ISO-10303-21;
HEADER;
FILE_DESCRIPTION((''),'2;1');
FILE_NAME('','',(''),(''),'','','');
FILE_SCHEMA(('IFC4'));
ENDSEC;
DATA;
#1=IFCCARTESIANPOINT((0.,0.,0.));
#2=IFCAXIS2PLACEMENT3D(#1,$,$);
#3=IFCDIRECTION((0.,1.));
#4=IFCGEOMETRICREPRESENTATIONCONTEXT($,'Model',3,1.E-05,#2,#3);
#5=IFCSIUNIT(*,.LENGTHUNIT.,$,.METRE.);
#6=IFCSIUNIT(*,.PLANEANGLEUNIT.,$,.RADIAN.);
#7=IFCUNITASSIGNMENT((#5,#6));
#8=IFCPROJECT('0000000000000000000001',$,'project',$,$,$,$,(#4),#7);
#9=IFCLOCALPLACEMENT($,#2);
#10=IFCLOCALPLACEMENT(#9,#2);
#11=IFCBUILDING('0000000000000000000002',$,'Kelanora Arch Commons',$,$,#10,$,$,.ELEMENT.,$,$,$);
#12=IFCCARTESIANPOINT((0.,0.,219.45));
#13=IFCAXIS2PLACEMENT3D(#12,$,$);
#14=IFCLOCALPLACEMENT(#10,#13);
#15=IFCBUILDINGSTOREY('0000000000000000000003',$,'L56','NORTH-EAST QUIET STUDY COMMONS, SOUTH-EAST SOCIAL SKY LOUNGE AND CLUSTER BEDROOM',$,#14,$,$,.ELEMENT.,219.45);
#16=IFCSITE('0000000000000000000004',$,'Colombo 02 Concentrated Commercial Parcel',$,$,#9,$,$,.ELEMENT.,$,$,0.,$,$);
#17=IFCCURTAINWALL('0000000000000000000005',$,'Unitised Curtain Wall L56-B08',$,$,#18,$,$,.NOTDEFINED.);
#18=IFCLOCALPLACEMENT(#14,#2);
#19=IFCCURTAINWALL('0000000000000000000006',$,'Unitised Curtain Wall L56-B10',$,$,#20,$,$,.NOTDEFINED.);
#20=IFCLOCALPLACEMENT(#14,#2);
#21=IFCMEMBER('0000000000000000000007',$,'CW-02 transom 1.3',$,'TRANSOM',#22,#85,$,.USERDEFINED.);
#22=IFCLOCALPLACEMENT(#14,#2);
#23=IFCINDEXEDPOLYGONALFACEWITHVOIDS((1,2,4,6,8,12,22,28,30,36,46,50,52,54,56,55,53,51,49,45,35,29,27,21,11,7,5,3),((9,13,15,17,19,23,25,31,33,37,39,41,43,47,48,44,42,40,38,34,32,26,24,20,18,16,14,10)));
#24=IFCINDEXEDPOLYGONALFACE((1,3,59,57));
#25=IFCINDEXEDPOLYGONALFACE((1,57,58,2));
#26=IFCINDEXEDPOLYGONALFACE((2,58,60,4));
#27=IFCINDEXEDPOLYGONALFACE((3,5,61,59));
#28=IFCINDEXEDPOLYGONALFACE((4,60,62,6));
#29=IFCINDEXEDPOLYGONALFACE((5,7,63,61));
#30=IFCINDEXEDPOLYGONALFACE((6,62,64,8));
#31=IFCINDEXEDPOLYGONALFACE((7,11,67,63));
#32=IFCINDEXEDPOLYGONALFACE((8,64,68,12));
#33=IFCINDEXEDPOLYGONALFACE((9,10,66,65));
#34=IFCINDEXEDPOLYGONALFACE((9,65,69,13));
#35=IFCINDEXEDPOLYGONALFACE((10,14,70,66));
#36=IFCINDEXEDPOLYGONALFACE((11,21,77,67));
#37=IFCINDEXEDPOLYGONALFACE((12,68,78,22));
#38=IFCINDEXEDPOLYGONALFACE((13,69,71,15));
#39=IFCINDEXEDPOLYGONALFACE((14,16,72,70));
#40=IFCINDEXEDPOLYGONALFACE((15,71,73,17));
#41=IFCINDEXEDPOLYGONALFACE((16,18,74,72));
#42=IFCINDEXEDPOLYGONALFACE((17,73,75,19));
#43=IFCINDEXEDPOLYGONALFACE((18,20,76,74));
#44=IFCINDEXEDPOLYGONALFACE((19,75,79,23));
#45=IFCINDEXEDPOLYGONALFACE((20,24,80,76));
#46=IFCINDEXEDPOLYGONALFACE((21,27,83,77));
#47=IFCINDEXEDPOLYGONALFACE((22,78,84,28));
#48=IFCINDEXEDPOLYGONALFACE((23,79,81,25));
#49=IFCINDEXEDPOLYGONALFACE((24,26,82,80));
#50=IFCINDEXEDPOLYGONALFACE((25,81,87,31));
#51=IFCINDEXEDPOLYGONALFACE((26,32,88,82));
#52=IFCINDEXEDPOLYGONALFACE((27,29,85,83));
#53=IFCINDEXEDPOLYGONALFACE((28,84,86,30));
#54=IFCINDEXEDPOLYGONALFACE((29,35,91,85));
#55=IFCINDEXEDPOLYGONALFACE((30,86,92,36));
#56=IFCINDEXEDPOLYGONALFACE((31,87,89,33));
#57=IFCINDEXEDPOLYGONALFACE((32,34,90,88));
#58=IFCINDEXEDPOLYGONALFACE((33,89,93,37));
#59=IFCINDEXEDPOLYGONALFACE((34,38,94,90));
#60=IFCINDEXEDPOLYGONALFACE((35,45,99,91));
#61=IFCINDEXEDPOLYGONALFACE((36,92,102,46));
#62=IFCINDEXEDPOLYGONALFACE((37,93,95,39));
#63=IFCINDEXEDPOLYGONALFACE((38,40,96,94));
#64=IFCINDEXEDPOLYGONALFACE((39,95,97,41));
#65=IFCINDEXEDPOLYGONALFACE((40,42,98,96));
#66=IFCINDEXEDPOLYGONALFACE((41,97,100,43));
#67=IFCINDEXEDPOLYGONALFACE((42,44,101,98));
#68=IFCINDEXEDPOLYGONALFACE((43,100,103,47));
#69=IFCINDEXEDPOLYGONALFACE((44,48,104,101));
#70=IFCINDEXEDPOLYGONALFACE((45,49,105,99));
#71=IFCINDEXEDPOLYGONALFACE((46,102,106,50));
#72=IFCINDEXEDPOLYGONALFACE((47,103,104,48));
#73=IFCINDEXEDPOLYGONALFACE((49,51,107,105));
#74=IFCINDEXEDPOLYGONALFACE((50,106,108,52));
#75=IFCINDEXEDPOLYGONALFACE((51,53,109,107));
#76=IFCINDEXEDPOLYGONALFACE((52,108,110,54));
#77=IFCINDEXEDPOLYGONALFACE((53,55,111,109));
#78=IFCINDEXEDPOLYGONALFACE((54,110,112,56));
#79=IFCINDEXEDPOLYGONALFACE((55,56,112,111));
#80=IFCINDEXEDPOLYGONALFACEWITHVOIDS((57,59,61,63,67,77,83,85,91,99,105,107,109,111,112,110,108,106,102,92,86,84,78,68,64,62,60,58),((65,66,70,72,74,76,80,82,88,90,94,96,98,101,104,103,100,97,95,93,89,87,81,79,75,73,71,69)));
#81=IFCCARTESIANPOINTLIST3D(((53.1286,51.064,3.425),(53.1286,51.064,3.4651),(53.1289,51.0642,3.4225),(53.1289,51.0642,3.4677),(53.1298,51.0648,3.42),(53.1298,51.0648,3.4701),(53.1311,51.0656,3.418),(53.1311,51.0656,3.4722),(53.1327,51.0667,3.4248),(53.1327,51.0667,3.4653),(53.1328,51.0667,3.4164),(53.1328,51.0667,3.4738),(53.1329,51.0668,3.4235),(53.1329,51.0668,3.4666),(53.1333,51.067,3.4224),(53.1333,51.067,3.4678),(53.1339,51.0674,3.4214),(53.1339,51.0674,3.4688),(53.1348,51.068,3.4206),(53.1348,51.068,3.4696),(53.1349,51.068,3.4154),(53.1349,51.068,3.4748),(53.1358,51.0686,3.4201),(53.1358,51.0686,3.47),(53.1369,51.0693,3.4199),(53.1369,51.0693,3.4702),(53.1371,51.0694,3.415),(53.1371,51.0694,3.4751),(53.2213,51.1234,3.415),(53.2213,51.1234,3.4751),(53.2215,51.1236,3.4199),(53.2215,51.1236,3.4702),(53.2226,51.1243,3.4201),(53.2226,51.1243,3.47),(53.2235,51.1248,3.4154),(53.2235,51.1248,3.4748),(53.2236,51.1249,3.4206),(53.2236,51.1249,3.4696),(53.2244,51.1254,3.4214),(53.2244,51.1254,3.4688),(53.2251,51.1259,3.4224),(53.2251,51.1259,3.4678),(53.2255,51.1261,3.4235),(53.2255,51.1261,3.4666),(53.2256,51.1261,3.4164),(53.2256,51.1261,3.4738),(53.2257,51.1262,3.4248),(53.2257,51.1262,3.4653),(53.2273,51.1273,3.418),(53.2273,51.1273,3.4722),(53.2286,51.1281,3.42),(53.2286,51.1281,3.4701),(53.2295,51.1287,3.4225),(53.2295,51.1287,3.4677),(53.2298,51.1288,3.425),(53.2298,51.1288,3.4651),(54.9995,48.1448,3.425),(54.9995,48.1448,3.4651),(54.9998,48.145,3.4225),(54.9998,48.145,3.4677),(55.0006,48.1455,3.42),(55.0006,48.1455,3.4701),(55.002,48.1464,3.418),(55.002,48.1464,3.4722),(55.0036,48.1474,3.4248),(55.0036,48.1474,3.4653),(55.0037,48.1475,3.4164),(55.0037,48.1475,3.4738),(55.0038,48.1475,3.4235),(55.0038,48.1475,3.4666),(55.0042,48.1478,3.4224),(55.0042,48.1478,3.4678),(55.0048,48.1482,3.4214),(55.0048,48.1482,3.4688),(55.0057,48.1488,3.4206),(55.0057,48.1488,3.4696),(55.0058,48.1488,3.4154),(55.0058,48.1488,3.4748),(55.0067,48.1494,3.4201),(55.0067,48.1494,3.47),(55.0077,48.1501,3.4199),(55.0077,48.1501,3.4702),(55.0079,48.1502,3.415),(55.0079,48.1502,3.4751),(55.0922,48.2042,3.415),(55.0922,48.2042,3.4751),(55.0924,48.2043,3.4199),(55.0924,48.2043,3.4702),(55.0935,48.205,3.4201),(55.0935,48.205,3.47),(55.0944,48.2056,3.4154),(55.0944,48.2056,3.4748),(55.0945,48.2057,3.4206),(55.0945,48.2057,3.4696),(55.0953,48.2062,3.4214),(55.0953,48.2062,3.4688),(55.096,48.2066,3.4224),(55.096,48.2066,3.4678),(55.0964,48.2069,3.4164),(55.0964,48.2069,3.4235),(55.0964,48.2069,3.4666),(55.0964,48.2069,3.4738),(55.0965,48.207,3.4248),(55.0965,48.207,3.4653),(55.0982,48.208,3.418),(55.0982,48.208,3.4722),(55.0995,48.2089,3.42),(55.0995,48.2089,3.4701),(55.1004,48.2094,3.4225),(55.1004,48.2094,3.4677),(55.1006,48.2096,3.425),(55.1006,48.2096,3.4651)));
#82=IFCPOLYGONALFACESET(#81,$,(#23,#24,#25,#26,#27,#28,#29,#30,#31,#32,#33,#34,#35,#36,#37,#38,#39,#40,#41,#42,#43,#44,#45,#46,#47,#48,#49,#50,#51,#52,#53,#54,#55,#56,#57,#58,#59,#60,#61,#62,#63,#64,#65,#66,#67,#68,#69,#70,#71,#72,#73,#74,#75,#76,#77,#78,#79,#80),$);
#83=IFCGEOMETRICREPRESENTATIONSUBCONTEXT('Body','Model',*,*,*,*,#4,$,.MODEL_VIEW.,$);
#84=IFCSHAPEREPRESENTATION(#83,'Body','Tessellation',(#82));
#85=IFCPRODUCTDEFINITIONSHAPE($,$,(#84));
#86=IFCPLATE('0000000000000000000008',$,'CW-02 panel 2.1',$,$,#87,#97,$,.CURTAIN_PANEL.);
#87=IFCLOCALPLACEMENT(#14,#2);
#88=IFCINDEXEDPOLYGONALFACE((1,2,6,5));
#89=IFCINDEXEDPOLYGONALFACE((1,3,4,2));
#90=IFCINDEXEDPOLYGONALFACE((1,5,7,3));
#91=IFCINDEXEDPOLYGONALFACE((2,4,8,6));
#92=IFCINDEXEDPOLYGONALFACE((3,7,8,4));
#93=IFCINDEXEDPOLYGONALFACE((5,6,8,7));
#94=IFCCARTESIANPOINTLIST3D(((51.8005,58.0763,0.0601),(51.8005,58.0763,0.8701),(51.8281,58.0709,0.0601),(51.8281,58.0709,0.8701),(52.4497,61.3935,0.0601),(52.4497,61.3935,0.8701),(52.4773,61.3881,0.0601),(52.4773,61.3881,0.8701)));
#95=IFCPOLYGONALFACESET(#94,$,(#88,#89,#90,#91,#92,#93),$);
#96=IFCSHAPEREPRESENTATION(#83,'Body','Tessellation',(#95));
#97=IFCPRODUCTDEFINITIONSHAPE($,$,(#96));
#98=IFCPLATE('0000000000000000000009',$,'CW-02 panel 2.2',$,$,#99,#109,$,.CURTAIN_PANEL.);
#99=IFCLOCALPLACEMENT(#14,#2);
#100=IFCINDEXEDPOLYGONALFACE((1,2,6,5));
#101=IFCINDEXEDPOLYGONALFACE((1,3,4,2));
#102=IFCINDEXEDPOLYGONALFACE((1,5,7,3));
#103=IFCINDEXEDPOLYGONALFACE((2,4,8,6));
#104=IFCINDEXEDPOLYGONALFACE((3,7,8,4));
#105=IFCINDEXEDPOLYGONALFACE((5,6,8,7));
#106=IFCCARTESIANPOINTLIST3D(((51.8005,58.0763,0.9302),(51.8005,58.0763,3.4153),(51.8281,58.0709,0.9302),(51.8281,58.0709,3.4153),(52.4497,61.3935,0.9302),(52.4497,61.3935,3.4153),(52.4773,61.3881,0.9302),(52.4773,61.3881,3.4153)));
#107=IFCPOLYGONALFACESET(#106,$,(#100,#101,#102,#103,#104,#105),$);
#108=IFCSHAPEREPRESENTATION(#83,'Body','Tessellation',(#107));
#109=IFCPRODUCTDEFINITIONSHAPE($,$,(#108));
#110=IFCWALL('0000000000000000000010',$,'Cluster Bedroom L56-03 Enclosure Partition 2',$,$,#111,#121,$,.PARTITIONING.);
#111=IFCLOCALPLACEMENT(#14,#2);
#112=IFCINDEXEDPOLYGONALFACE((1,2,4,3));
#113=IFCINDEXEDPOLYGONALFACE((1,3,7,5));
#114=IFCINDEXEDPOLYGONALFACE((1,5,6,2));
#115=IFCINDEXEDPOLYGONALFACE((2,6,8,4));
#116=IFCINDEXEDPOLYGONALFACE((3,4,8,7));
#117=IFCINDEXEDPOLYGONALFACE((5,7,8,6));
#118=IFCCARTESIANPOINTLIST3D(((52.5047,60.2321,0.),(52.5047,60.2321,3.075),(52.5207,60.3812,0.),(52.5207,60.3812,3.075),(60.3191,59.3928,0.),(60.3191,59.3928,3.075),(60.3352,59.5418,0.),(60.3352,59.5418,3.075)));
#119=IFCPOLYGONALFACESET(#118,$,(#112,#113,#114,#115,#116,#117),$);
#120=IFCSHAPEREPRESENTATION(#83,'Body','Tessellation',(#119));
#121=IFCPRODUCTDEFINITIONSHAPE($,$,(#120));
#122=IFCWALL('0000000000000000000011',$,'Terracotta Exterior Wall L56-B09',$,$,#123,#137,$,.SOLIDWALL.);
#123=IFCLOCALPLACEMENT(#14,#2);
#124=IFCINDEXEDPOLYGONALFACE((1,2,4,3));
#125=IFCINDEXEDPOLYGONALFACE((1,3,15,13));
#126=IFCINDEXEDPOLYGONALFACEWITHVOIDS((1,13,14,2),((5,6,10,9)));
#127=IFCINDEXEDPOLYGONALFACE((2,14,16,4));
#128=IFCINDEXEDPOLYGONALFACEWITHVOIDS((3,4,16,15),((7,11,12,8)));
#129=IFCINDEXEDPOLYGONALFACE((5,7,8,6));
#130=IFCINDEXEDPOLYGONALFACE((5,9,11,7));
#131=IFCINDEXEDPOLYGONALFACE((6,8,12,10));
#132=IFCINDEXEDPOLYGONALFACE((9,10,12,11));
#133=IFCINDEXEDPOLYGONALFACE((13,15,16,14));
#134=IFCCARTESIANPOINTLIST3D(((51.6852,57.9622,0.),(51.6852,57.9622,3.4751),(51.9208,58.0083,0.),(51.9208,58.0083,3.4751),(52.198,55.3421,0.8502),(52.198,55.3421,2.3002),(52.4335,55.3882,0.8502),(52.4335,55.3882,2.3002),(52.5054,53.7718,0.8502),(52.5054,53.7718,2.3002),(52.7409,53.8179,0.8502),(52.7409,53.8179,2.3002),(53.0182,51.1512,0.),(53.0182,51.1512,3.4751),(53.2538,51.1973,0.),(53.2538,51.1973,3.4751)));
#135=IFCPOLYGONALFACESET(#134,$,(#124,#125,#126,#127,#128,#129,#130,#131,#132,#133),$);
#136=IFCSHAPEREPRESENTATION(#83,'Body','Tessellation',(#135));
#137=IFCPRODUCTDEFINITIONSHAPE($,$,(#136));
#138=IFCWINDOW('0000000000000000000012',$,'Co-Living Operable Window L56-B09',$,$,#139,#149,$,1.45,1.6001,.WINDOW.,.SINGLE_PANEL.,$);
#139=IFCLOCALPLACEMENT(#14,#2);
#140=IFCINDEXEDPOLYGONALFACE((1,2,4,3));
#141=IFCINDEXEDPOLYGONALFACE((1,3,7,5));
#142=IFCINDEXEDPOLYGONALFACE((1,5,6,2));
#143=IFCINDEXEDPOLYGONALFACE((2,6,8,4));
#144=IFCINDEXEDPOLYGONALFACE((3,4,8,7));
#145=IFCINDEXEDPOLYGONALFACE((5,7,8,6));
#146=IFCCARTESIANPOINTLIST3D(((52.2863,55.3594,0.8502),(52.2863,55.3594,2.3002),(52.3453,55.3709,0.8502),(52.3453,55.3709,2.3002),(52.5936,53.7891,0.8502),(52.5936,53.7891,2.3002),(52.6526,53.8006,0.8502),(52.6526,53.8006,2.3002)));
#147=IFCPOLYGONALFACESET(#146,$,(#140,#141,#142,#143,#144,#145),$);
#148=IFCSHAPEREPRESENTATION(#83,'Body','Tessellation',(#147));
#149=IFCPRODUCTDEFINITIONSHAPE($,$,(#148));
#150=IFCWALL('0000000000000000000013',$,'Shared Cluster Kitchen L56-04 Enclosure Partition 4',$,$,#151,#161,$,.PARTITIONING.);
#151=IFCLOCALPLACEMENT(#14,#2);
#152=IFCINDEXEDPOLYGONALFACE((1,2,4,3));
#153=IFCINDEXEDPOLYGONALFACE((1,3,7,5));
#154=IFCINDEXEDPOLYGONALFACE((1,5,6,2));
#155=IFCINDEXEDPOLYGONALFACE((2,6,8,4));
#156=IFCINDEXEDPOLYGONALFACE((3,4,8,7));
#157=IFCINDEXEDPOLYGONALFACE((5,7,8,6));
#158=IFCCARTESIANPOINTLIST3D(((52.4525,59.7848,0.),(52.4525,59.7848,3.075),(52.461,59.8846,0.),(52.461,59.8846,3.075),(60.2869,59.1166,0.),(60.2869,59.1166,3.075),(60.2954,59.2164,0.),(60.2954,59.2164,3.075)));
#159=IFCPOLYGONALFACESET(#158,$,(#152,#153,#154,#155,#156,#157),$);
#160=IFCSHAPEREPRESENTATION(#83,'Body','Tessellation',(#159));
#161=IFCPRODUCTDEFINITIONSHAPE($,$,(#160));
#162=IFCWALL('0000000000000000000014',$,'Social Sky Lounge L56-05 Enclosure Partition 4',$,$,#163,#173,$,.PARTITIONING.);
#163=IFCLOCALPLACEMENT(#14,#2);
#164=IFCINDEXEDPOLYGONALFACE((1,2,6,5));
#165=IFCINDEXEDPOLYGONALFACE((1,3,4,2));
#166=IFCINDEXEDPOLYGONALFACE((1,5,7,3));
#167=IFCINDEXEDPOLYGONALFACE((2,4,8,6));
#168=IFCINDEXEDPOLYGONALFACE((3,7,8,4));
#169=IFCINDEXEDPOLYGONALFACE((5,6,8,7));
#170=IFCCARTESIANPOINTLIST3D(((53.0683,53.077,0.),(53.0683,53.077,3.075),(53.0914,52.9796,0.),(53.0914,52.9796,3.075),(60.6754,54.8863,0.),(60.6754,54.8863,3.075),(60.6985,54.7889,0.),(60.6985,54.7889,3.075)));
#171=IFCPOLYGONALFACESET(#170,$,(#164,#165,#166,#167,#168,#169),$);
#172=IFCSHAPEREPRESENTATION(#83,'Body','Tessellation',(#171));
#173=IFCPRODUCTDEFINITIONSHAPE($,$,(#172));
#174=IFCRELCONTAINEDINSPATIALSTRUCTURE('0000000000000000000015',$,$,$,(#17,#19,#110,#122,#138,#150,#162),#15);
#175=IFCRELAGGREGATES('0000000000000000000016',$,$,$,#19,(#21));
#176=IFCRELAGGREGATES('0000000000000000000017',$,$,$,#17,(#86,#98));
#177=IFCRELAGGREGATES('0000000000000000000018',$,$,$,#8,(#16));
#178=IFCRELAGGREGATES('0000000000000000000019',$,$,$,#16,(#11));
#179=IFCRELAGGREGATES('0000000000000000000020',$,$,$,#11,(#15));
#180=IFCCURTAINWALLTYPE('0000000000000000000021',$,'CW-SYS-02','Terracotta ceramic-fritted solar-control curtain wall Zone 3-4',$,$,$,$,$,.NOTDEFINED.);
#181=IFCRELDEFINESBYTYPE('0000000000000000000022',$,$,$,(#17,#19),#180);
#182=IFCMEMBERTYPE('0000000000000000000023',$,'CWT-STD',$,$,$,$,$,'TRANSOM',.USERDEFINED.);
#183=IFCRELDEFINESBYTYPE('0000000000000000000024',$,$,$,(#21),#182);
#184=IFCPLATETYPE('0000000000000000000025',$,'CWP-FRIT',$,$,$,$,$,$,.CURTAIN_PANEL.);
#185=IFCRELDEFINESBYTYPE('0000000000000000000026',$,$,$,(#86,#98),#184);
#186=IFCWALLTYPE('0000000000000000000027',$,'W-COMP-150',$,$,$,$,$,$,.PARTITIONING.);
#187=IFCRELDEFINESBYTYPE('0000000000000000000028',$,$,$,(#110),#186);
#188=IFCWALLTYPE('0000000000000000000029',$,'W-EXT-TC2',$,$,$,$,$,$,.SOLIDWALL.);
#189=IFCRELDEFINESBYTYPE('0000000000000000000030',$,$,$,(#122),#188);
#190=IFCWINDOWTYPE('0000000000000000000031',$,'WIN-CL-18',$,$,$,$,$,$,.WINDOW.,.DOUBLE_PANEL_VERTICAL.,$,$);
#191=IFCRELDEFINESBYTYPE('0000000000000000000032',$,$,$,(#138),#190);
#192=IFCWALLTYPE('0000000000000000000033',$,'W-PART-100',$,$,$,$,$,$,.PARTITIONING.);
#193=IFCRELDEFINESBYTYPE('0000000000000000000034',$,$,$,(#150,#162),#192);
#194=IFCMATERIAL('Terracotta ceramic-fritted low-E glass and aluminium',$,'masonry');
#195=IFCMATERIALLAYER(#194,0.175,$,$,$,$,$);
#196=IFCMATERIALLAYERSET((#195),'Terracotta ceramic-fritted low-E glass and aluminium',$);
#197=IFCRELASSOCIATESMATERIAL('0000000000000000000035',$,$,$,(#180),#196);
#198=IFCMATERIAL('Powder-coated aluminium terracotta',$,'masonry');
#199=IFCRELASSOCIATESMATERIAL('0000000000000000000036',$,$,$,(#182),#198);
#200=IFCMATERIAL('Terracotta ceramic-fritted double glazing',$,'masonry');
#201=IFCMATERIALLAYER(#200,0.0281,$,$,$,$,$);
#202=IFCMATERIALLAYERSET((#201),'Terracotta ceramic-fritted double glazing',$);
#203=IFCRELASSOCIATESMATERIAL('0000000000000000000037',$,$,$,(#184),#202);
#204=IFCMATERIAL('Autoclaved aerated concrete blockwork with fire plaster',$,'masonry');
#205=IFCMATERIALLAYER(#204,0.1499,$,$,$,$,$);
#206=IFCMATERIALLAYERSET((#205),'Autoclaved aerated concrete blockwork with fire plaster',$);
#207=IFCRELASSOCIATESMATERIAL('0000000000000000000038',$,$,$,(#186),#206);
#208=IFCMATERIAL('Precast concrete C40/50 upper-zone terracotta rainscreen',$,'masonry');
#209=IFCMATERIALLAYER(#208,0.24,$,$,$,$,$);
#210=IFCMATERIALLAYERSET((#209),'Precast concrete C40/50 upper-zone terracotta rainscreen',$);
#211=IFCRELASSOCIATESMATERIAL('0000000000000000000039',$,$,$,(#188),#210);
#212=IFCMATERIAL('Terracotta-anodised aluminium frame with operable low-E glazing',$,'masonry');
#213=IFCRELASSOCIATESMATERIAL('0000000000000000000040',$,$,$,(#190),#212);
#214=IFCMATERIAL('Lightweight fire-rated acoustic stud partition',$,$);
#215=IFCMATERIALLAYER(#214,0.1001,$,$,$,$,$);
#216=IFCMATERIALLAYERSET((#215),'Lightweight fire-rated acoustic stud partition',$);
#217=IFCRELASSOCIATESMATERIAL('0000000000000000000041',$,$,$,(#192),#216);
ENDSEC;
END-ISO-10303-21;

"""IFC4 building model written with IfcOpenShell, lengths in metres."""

from ifc_helpers import new_model, si_unit, direction, frame, frame_2d, origin, origin_2d, place, context, subcontext, project, spatial, rectangle, hollow_rectangle, extrude, source, transform, mapped, material, layer, layer_set, material_profile, profile_set, type_object, element, fill, aggregate, save


model = new_model("IFC4")

# Units and contexts
model_context = context("Model", 3, precision=1e-05, world=origin(), true_north=direction((0.0, 1.0)))
body_context = subcontext(model_context, "Body", "Model", "MODEL_VIEW")
ifc_project = project(units=[si_unit("LENGTHUNIT", "METRE"), si_unit("PLANEANGLEUNIT", "RADIAN")], contexts=[model_context])

# Site, building, storey
site_placement = place(None, origin())
site = spatial("IfcSite", under=ifc_project, at=site_placement, Name="Colombo 02 Concentrated Commercial Parcel", CompositionType="ELEMENT", RefElevation=0.0)
building_placement = place(site_placement, origin())
building = spatial("IfcBuilding", under=site, at=building_placement, Name="Kelanora Arch Commons", CompositionType="ELEMENT")
storey_placement = place(building_placement, frame((0.0, 0.0, 219.45)))
storey = spatial("IfcBuildingStorey", under=building, at=storey_placement, Name="L56", Description="NORTH-EAST QUIET STUDY COMMONS, SOUTH-EAST SOCIAL SKY LOUNGE AND CLUSTER BEDROOM", CompositionType="ELEMENT", Elevation=219.45)

# Curtain wall
ifc_material_1 = material(Name="Terracotta ceramic-fritted low-E glass and aluminium", Category="masonry")
ifc_layer_1 = layer(ifc_material_1, 0.175)
ifc_layer_set_1 = layer_set([ifc_layer_1], Name="Terracotta ceramic-fritted low-E glass and aluminium")
curtain_wall_type = type_object("IfcCurtainWallType", Name="CW-SYS-02", Description="Terracotta ceramic-fritted solar-control curtain wall Zone 3-4", PredefinedType="NOTDEFINED", material=ifc_layer_set_1)
curtain_wall_1_placement = place(storey_placement, origin())
curtain_wall_1 = element("IfcCurtainWall", 1, at=curtain_wall_1_placement, inside=storey, type_object=curtain_wall_type, Name="Unitised Curtain Wall L56-B08", PredefinedType="NOTDEFINED")
ifc_material_2 = material(Name="Powder-coated aluminium terracotta", Category="masonry")

# Curtain wall, member
curtain_wall_2_placement = place(storey_placement, origin())
curtain_wall_2 = element("IfcCurtainWall", 2, at=curtain_wall_2_placement, inside=storey, type_object=curtain_wall_type, Name="Unitised Curtain Wall L56-B10", PredefinedType="NOTDEFINED")
ifc_material_profile_1 = material_profile(ifc_material_2, hollow_rectangle(XDim=0.1201, YDim=0.0601, WallThickness=0.0049, InnerFilletRadius=0.0049, OuterFilletRadius=0.01, at=origin_2d()), Name="CWT120x60")
ifc_profile_set_1 = profile_set([ifc_material_profile_1], Name="Powder-coated aluminium terracotta")
member_type_1 = type_object("IfcMemberType", Name="CWT-STD", ElementType="TRANSOM", PredefinedType="USERDEFINED", material=ifc_profile_set_1)
member_1_placement = place(storey_placement, frame((53.1792, 51.0964, 3.4451), z_axis=(0.539579, -0.841935, 0.0), x_axis=(0.841935, 0.539579, 0.0)))
member_1 = element("IfcMember", 3, at=member_1_placement, type_object=member_type_1, Name="CW-02 transom 1.3", ObjectType="TRANSOM", PredefinedType="USERDEFINED", context=body_context, shape_type="SweptSolid", body=[
    extrude(hollow_rectangle(XDim=0.1201, YDim=0.0601, WallThickness=0.0049, InnerFilletRadius=0.0049, OuterFilletRadius=0.01, at=origin_2d()), origin(), (0.0, 0.0, 1.0), 3.4673),
])
aggregate(curtain_wall_2, [member_1])

# Plates
ifc_material_3 = material(Name="Terracotta ceramic-fritted double glazing", Category="masonry")
ifc_layer_2 = layer(ifc_material_3, 0.0281)
ifc_layer_set_2 = layer_set([ifc_layer_2], Name="Terracotta ceramic-fritted double glazing")
plate_type = type_object("IfcPlateType", Name="CWP-FRIT", PredefinedType="CURTAIN_PANEL", material=ifc_layer_set_2)
shared_shape_1 = source(origin(), body_context, "Body", "SweptSolid", [
    extrude(rectangle(XDim=3.3801, YDim=0.0281, at=origin_2d()), origin(), (0.0, 0.0, 1.0), 0.8101),
])
plate_1_placement = place(storey_placement, frame((52.1389, 59.7322, 0.0601), z_axis=(0.0, 0.0, 1.0), x_axis=(-0.192069, -0.981381, 0.0)))
plate_1 = element("IfcPlate", 4, at=plate_1_placement, type_object=plate_type, Name="CW-02 panel 2.1", PredefinedType="CURTAIN_PANEL", context=body_context, shape_type="MappedRepresentation", body=[
    mapped(shared_shape_1, transform((0.0, 0.0, 0.0), scale=1.0)),
])
shared_shape_2 = source(origin(), body_context, "Body", "SweptSolid", [
    extrude(rectangle(XDim=3.3801, YDim=0.0281, at=origin_2d()), origin(), (0.0, 0.0, 1.0), 2.4851),
])
plate_2_placement = place(storey_placement, frame((52.1389, 59.7322, 0.9302), z_axis=(0.0, 0.0, 1.0), x_axis=(-0.192069, -0.981381, 0.0)))
plate_2 = element("IfcPlate", 5, at=plate_2_placement, type_object=plate_type, Name="CW-02 panel 2.2", PredefinedType="CURTAIN_PANEL", context=body_context, shape_type="MappedRepresentation", body=[
    mapped(shared_shape_2, transform((0.0, 0.0, 0.0), scale=1.0)),
])
aggregate(curtain_wall_1, [plate_1, plate_2])

# Wall
ifc_material_4 = material(Name="Autoclaved aerated concrete blockwork with fire plaster", Category="masonry")
ifc_layer_3 = layer(ifc_material_4, 0.1499)
ifc_layer_set_3 = layer_set([ifc_layer_3], Name="Autoclaved aerated concrete blockwork with fire plaster")
wall_type_1 = type_object("IfcWallType", Name="W-COMP-150", PredefinedType="PARTITIONING", material=ifc_layer_set_3)
wall_1_placement = place(storey_placement, frame((60.3271, 59.4673, 0.0), z_axis=(0.0, 0.0, 1.0), x_axis=(-0.994281, 0.106796, 0.0)))
element("IfcWall", 6, at=wall_1_placement, inside=storey, type_object=wall_type_1, Name="Cluster Bedroom L56-03 Enclosure Partition 2", PredefinedType="PARTITIONING", context=body_context, shape_type="SweptSolid", body=[
    extrude(rectangle(XDim=7.8594, YDim=0.1499, at=frame_2d((3.9297, 0.0))), origin(), (0.0, 0.0, 1.0), 3.075),
])

# Wall, opening, window
ifc_material_5 = material(Name="Precast concrete C40/50 upper-zone terracotta rainscreen", Category="masonry")
ifc_layer_4 = layer(ifc_material_5, 0.24)
ifc_layer_set_4 = layer_set([ifc_layer_4], Name="Precast concrete C40/50 upper-zone terracotta rainscreen")
wall_type_2 = type_object("IfcWallType", Name="W-EXT-TC2", PredefinedType="SOLIDWALL", material=ifc_layer_set_4)
wall_2_placement = place(storey_placement, frame((51.803, 57.9854, 0.0), z_axis=(0.0, 0.0, 1.0), x_axis=(0.192069, -0.981381, 0.0)))
wall_2 = element("IfcWall", 7, at=wall_2_placement, inside=storey, type_object=wall_type_2, Name="Terracotta Exterior Wall L56-B09", PredefinedType="SOLIDWALL", context=body_context, shape_type="SweptSolid", body=[
    extrude(rectangle(XDim=6.9402, YDim=0.24, at=frame_2d((3.4702, 0.0))), origin(), (0.0, 0.0, 1.0), 3.4751),
])
opening_placement = place(wall_2_placement, frame((2.6699, 0.0, 0.8501)))
opening = element("IfcOpeningElement", 8, at=opening_placement, cuts=wall_2, PredefinedType="OPENING", context=body_context, shape_type="SweptSolid", body=[
    extrude(rectangle(XDim=1.6001, YDim=1.45, at=frame_2d((0.8, 0.7251))), frame((0.0, 0.1299, 0.0), z_axis=(0.0, -1.0, 0.0), x_axis=(1.0, 0.0, 0.0)), (0.0, 0.0, 1.0), 0.26),
])
ifc_material_6 = material(Name="Terracotta-anodised aluminium frame with operable low-E glazing", Category="masonry")
window_type = type_object("IfcWindowType", Name="WIN-CL-18", PartitioningType="DOUBLE_PANEL_VERTICAL", PredefinedType="WINDOW", material=ifc_material_6)
window_placement = place(opening_placement, origin())
window = element("IfcWindow", 9, at=window_placement, inside=storey, type_object=window_type, Name="Co-Living Operable Window L56-B09", OverallHeight=1.45, OverallWidth=1.6001, PartitioningType="SINGLE_PANEL", PredefinedType="WINDOW", context=body_context, shape_type="SweptSolid", body=[
    extrude(rectangle(XDim=1.6001, YDim=1.45, at=frame_2d((0.8, 0.7251))), frame((0.0, 0.03, 0.0), z_axis=(0.0, -1.0, 0.0), x_axis=(1.0, 0.0, 0.0)), (0.0, 0.0, 1.0), 0.0601),
])
fill(opening, window)

# Walls
ifc_material_7 = material(Name="Lightweight fire-rated acoustic stud partition")
ifc_layer_5 = layer(ifc_material_7, 0.1001)
ifc_layer_set_5 = layer_set([ifc_layer_5], Name="Lightweight fire-rated acoustic stud partition")
wall_type_3 = type_object("IfcWallType", Name="W-PART-100", PredefinedType="PARTITIONING", material=ifc_layer_set_5)
wall_3_placement = place(storey_placement, frame((52.4568, 59.8347, 0.0), z_axis=(0.0, 0.0, 1.0), x_axis=(0.996382, -0.084985, 0.0)))
element("IfcWall", 10, at=wall_3_placement, inside=storey, type_object=wall_type_3, Name="Shared Cluster Kitchen L56-04 Enclosure Partition 4", PredefinedType="PARTITIONING", context=body_context, shape_type="SweptSolid", body=[
    extrude(rectangle(XDim=7.8628, YDim=0.1001, at=frame_2d((3.9314, 0.0))), origin(), (0.0, 0.0, 1.0), 3.075),
])
wall_4_placement = place(storey_placement, frame((53.0798, 53.0283, 0.0), z_axis=(0.0, 0.0, 1.0), x_axis=(0.972861, 0.23139, 0.0)))
element("IfcWall", 11, at=wall_4_placement, inside=storey, type_object=wall_type_3, Name="Social Sky Lounge L56-05 Enclosure Partition 4", PredefinedType="PARTITIONING", context=body_context, shape_type="SweptSolid", body=[
    extrude(rectangle(XDim=7.8193, YDim=0.1001, at=frame_2d((3.9097, 0.0))), origin(), (0.0, 0.0, 1.0), 3.075),
])

save(model, "model.ifc")
